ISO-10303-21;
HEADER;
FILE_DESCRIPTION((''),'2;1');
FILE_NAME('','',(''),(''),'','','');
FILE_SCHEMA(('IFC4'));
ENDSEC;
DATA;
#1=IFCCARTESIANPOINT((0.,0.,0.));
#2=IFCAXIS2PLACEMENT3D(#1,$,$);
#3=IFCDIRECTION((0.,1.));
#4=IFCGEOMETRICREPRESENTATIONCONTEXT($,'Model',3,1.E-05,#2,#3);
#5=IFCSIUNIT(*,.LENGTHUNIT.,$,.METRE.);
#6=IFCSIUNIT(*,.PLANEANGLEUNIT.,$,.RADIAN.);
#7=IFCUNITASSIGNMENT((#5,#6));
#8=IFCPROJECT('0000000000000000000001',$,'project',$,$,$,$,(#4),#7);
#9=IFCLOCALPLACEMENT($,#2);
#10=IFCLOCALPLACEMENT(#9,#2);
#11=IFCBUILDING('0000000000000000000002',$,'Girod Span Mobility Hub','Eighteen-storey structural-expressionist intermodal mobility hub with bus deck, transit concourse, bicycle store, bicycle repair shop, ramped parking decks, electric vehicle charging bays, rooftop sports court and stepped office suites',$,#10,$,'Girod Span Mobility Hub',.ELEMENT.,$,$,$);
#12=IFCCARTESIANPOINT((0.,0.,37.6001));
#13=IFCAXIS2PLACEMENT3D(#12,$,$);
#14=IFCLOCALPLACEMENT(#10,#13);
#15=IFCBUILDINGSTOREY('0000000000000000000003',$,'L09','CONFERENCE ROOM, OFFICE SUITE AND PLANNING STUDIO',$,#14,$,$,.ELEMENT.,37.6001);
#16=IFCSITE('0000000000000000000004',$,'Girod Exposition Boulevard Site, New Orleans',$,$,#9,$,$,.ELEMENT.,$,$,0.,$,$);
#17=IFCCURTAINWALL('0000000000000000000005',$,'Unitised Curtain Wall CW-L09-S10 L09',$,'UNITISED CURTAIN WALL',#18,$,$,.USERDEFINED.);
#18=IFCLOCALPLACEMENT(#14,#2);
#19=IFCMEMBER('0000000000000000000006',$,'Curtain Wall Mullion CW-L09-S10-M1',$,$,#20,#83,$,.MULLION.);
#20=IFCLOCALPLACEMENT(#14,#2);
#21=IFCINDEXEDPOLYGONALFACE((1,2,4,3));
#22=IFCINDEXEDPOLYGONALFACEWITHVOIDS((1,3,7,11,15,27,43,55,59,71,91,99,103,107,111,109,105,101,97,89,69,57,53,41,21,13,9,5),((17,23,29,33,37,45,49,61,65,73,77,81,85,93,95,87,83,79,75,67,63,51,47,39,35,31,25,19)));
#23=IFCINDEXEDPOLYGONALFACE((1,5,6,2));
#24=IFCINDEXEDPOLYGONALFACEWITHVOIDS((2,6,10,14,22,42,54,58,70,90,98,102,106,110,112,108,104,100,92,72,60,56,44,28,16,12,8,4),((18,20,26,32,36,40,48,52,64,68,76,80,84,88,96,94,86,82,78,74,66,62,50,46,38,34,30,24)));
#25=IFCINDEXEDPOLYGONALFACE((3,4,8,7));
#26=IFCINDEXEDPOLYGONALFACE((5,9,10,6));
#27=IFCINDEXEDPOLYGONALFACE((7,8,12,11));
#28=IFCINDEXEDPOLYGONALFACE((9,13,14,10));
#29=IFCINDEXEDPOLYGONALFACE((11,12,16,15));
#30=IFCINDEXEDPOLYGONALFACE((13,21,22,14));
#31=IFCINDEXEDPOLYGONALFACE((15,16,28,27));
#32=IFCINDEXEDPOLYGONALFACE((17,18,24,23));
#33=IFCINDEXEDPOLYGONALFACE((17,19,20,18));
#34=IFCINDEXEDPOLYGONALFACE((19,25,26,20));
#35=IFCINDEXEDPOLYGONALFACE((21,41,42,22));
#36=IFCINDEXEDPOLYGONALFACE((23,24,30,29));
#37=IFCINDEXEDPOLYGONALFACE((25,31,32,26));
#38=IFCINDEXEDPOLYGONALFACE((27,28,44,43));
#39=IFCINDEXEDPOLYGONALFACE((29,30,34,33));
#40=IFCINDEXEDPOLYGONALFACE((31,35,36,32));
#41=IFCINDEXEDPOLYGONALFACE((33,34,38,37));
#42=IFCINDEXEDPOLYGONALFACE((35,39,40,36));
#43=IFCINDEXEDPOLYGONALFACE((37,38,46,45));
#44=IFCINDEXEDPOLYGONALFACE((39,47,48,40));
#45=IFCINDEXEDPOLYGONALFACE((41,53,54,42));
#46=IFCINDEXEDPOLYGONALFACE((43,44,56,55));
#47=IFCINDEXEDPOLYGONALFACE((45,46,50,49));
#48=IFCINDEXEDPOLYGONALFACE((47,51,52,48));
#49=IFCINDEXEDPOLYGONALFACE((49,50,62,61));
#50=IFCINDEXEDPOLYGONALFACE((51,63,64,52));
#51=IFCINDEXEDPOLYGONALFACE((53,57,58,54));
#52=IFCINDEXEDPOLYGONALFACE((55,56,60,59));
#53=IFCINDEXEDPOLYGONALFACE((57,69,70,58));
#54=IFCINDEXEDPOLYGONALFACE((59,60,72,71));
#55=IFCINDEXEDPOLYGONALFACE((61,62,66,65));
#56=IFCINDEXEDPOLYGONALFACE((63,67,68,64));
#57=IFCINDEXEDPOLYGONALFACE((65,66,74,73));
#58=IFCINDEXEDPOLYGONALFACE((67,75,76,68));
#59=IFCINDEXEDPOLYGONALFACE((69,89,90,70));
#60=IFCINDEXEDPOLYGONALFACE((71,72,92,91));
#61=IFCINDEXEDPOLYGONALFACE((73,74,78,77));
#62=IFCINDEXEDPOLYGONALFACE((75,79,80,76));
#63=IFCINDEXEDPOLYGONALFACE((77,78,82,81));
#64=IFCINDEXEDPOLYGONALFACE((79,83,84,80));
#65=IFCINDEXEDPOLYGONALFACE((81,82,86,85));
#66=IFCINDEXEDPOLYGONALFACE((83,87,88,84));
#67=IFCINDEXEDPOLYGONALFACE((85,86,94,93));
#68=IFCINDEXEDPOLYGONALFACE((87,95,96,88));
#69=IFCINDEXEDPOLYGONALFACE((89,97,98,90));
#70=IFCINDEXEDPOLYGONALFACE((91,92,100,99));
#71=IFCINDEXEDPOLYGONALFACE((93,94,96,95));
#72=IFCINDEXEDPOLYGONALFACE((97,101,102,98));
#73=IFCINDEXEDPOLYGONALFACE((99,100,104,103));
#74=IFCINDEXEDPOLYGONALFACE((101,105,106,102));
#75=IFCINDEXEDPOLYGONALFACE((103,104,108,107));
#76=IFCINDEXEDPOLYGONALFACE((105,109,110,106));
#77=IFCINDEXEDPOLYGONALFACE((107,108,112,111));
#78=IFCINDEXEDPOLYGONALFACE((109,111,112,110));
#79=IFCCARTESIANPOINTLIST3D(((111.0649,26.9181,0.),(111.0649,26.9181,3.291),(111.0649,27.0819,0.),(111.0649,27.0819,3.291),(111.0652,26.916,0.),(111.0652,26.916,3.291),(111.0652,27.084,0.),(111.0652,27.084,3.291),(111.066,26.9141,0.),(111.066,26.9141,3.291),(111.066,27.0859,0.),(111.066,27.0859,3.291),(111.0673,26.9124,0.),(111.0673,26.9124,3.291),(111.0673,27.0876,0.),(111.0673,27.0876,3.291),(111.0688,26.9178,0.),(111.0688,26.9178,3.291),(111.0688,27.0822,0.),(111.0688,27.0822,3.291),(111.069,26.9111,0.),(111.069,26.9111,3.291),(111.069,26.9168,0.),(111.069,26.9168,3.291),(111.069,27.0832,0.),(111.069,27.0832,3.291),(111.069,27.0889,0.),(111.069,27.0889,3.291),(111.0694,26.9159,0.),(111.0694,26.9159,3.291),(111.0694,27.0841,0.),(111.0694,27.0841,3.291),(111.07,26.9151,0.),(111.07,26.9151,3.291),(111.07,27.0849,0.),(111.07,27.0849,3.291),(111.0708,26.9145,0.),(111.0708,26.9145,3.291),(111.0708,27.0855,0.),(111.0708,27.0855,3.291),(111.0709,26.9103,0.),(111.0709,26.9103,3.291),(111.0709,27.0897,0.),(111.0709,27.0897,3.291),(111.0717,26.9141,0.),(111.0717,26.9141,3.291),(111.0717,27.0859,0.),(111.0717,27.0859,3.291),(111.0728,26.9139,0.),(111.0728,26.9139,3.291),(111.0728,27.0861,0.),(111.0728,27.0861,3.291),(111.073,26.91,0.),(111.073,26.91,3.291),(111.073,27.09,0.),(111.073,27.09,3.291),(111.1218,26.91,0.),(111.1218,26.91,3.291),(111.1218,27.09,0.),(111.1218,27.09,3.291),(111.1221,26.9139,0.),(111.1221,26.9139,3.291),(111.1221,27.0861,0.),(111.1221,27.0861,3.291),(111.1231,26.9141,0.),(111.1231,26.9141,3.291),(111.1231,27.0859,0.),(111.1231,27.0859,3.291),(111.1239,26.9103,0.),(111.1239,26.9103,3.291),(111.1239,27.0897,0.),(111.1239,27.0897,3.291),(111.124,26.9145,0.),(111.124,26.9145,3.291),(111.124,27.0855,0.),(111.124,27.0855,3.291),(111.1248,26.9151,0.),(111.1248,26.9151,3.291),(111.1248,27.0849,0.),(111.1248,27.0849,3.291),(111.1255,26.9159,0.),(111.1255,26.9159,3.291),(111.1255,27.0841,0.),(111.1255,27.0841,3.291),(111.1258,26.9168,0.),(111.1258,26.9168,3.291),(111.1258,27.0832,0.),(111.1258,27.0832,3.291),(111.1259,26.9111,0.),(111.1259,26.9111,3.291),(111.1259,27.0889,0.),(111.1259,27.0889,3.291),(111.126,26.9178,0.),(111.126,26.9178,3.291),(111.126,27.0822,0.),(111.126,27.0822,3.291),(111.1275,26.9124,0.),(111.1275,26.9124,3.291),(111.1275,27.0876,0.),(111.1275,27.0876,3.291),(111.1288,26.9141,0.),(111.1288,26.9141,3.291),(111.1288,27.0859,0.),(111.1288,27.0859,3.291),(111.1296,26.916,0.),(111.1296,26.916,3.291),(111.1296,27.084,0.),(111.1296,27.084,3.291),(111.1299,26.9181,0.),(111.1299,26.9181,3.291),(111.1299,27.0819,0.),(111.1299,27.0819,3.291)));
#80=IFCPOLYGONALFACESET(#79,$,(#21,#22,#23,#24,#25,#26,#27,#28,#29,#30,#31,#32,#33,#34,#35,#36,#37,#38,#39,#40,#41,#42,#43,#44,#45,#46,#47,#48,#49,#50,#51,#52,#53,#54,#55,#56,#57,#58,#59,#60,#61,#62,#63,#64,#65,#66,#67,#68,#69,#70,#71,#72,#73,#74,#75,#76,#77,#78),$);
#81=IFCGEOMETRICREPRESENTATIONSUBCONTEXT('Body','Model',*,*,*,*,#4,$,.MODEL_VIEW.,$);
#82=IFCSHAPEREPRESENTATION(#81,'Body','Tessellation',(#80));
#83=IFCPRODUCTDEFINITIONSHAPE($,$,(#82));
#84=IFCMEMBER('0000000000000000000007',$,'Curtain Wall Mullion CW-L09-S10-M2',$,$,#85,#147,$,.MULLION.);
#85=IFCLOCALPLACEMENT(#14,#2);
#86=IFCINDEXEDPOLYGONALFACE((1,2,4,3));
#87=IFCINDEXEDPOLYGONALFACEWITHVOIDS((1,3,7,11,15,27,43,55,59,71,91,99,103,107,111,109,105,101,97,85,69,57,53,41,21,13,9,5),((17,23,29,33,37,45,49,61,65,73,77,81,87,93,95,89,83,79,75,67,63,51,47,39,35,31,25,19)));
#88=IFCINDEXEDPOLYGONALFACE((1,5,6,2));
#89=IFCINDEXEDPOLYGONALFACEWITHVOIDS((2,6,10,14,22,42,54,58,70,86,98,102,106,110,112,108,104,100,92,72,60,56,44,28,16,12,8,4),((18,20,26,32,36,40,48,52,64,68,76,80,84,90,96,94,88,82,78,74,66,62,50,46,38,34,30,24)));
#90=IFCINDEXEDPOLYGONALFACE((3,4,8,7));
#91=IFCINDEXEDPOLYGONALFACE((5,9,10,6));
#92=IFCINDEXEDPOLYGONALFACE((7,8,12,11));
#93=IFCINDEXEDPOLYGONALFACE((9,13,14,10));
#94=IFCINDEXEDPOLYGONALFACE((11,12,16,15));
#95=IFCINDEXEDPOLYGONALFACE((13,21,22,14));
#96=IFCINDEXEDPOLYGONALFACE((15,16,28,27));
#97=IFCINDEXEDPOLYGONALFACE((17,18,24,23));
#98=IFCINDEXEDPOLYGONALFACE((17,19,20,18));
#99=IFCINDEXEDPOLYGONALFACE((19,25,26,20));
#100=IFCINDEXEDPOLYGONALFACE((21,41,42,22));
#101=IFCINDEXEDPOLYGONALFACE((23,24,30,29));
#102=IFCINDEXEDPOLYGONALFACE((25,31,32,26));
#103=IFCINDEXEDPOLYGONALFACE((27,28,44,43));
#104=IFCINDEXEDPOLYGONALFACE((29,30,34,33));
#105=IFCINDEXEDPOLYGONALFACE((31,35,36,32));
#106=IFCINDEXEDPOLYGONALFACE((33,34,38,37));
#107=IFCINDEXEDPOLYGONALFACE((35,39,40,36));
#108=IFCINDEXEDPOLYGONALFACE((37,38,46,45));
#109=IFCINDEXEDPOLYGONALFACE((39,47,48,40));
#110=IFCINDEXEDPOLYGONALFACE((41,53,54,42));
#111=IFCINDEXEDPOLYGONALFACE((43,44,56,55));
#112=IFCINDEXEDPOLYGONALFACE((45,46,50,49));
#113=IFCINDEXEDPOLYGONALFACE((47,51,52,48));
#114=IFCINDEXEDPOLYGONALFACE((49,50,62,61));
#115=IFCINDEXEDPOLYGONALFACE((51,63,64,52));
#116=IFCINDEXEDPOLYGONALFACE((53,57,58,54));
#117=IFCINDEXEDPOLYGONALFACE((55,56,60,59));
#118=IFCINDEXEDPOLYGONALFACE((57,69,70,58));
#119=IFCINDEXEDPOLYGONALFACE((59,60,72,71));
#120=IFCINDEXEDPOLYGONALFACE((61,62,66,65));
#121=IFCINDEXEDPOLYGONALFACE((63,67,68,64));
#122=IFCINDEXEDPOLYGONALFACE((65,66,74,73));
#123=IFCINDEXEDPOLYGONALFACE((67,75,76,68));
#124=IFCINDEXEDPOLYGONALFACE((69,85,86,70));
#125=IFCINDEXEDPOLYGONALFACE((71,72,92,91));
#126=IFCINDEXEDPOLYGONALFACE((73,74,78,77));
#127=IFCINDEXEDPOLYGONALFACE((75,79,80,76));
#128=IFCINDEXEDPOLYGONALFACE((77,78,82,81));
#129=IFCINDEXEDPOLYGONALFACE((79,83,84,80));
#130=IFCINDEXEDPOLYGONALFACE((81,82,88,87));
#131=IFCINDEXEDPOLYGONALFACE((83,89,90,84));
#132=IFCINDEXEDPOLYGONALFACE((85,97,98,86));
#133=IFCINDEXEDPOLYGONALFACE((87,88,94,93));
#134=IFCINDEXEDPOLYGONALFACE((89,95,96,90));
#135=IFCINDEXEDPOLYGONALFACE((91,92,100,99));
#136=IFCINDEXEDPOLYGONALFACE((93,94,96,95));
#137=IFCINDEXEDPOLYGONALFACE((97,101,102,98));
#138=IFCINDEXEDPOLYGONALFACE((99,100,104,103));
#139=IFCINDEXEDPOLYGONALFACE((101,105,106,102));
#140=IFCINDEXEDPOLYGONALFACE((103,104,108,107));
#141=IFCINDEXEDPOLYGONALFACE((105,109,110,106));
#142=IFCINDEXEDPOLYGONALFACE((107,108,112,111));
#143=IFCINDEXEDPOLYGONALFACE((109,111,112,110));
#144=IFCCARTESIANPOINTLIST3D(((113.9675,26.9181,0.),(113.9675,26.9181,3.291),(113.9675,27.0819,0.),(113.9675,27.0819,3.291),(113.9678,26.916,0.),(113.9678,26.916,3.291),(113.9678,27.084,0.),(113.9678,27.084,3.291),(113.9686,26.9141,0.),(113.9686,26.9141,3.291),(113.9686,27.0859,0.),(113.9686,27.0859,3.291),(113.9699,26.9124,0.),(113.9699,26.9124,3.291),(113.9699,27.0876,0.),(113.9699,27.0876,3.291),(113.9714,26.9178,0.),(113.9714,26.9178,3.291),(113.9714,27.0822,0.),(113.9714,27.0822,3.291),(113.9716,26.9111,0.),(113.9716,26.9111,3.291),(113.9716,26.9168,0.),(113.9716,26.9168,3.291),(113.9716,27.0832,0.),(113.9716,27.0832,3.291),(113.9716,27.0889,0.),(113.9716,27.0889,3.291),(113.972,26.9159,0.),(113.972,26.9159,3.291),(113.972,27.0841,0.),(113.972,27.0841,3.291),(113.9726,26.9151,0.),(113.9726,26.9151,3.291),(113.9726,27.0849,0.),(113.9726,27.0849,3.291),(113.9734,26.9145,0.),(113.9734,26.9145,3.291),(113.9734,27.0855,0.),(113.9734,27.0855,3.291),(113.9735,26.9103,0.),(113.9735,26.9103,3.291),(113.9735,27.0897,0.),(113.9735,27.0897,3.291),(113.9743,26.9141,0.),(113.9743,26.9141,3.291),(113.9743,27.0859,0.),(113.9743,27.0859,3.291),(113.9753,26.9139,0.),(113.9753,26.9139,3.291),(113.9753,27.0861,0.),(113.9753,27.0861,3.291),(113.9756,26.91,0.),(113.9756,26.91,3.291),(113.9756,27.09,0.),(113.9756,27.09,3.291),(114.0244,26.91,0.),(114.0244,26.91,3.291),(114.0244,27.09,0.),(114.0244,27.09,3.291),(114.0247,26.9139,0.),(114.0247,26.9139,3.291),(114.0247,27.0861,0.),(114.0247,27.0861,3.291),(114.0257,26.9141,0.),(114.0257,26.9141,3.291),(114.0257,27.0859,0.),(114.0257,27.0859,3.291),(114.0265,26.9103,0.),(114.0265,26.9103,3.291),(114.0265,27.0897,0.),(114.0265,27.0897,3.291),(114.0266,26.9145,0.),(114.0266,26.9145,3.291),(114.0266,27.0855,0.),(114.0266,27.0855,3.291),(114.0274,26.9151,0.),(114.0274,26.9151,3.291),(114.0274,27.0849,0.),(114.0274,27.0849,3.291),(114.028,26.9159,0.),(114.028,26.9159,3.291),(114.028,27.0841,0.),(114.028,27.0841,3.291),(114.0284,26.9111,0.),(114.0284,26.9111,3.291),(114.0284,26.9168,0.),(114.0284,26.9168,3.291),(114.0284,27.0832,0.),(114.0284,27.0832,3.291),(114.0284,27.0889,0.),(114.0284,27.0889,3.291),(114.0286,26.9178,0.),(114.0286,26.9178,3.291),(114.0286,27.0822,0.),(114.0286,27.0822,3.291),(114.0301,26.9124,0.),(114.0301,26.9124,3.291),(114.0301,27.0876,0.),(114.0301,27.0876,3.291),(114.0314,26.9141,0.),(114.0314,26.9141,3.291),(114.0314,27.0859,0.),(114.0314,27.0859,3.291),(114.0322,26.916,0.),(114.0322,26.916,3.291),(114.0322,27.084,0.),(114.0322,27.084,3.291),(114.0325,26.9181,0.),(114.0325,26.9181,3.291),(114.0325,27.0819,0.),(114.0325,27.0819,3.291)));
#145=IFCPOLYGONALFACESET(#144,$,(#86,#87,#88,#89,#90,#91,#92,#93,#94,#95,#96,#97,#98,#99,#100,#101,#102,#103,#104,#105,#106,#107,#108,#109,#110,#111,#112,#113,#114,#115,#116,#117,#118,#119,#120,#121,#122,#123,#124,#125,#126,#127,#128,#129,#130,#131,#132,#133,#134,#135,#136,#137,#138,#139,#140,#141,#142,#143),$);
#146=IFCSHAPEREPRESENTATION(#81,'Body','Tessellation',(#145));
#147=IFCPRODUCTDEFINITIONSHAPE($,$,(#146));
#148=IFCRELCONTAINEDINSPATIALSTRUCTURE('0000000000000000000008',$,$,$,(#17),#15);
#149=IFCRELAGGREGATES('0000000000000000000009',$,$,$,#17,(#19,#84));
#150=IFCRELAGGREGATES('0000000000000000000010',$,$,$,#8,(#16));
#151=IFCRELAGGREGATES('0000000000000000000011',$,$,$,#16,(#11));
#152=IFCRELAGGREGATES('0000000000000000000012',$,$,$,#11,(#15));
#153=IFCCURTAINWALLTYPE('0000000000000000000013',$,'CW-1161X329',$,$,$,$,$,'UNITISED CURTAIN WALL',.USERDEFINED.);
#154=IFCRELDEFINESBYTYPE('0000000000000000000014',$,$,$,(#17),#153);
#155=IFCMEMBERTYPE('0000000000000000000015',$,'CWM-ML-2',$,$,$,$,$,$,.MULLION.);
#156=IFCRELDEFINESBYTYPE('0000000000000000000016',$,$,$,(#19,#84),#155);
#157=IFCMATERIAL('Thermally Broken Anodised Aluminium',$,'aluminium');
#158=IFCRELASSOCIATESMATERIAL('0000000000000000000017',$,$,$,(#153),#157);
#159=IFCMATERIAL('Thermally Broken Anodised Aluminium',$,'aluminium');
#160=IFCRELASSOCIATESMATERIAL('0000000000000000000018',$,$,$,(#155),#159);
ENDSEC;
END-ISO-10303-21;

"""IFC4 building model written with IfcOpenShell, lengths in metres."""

from ifc_helpers import new_model, si_unit, direction, frame, origin, origin_2d, place, context, subcontext, project, spatial, hollow_rectangle, extrude, material, material_profile, profile_set, type_object, element, aggregate, save


model = new_model("IFC4")

# Units and contexts
model_context = context("Model", 3, precision=1e-05, world=origin(), true_north=direction((0.0, 1.0)))
body_context = subcontext(model_context, "Body", "Model", "MODEL_VIEW")
ifc_project = project(units=[si_unit("LENGTHUNIT", "METRE"), si_unit("PLANEANGLEUNIT", "RADIAN")], contexts=[model_context])

# Site, building, storey
site_placement = place(None, origin())
site = spatial("IfcSite", under=ifc_project, at=site_placement, Name="Girod Exposition Boulevard Site, New Orleans", CompositionType="ELEMENT", RefElevation=0.0)
building_placement = place(site_placement, origin())
building = spatial("IfcBuilding", under=site, at=building_placement, Name="Girod Span Mobility Hub", Description="Eighteen-storey structural-expressionist intermodal mobility hub with bus deck, transit concourse, bicycle store, bicycle repair shop, ramped parking decks, electric vehicle charging bays, rooftop sports court and stepped office suites", LongName="Girod Span Mobility Hub", CompositionType="ELEMENT")
storey_placement = place(building_placement, frame((0.0, 0.0, 37.6001)))
storey = spatial("IfcBuildingStorey", under=building, at=storey_placement, Name="L09", Description="CONFERENCE ROOM, OFFICE SUITE AND PLANNING STUDIO", CompositionType="ELEMENT", Elevation=37.6001)

# Curtain wall, members
ifc_material_1 = material(Name="Thermally Broken Anodised Aluminium", Category="aluminium")
curtain_wall_type = type_object("IfcCurtainWallType", Name="CW-1161X329", ElementType="UNITISED CURTAIN WALL", PredefinedType="USERDEFINED", material=ifc_material_1)
curtain_wall_1_placement = place(storey_placement, origin())
curtain_wall_1 = element("IfcCurtainWall", 1, at=curtain_wall_1_placement, inside=storey, type_object=curtain_wall_type, Name="Unitised Curtain Wall CW-L09-S10 L09", ObjectType="UNITISED CURTAIN WALL", PredefinedType="USERDEFINED")
ifc_material_2 = material(Name="Thermally Broken Anodised Aluminium", Category="aluminium")
ifc_material_profile_1 = material_profile(ifc_material_2, hollow_rectangle(XDim=0.1799, YDim=0.0649, WallThickness=0.0039, InnerFilletRadius=0.0039, OuterFilletRadius=0.0081, at=origin_2d()), Name="CW-ML-65X180")
ifc_profile_set_1 = profile_set([ifc_material_profile_1], Name="Thermally Broken Anodised Aluminium")
member_type_1 = type_object("IfcMemberType", Name="CWM-ML-2", PredefinedType="MULLION", material=ifc_profile_set_1)
member_1_placement = place(storey_placement, frame((111.0974, 27.0, 0.0), z_axis=(0.0, 0.0, 1.0), x_axis=(0.0, 1.0, 0.0)))
member_1 = element("IfcMember", 2, at=member_1_placement, type_object=member_type_1, Name="Curtain Wall Mullion CW-L09-S10-M1", PredefinedType="MULLION", context=body_context, shape_type="SweptSolid", body=[
    extrude(hollow_rectangle(XDim=0.1799, YDim=0.0649, WallThickness=0.0039, InnerFilletRadius=0.0039, OuterFilletRadius=0.0081, at=origin_2d()), origin(), (0.0, 0.0, 1.0), 3.291),
])
member_2_placement = place(storey_placement, frame((114.0, 27.0, 0.0), z_axis=(0.0, 0.0, 1.0), x_axis=(0.0, 1.0, 0.0)))
member_2 = element("IfcMember", 3, at=member_2_placement, type_object=member_type_1, Name="Curtain Wall Mullion CW-L09-S10-M2", PredefinedType="MULLION", context=body_context, shape_type="SweptSolid", body=[
    extrude(hollow_rectangle(XDim=0.1799, YDim=0.0649, WallThickness=0.0039, InnerFilletRadius=0.0039, OuterFilletRadius=0.0081, at=origin_2d()), origin(), (0.0, 0.0, 1.0), 3.291),
])

aggregate(curtain_wall_1, [member_1, member_2])

save(model, "model.ifc")
